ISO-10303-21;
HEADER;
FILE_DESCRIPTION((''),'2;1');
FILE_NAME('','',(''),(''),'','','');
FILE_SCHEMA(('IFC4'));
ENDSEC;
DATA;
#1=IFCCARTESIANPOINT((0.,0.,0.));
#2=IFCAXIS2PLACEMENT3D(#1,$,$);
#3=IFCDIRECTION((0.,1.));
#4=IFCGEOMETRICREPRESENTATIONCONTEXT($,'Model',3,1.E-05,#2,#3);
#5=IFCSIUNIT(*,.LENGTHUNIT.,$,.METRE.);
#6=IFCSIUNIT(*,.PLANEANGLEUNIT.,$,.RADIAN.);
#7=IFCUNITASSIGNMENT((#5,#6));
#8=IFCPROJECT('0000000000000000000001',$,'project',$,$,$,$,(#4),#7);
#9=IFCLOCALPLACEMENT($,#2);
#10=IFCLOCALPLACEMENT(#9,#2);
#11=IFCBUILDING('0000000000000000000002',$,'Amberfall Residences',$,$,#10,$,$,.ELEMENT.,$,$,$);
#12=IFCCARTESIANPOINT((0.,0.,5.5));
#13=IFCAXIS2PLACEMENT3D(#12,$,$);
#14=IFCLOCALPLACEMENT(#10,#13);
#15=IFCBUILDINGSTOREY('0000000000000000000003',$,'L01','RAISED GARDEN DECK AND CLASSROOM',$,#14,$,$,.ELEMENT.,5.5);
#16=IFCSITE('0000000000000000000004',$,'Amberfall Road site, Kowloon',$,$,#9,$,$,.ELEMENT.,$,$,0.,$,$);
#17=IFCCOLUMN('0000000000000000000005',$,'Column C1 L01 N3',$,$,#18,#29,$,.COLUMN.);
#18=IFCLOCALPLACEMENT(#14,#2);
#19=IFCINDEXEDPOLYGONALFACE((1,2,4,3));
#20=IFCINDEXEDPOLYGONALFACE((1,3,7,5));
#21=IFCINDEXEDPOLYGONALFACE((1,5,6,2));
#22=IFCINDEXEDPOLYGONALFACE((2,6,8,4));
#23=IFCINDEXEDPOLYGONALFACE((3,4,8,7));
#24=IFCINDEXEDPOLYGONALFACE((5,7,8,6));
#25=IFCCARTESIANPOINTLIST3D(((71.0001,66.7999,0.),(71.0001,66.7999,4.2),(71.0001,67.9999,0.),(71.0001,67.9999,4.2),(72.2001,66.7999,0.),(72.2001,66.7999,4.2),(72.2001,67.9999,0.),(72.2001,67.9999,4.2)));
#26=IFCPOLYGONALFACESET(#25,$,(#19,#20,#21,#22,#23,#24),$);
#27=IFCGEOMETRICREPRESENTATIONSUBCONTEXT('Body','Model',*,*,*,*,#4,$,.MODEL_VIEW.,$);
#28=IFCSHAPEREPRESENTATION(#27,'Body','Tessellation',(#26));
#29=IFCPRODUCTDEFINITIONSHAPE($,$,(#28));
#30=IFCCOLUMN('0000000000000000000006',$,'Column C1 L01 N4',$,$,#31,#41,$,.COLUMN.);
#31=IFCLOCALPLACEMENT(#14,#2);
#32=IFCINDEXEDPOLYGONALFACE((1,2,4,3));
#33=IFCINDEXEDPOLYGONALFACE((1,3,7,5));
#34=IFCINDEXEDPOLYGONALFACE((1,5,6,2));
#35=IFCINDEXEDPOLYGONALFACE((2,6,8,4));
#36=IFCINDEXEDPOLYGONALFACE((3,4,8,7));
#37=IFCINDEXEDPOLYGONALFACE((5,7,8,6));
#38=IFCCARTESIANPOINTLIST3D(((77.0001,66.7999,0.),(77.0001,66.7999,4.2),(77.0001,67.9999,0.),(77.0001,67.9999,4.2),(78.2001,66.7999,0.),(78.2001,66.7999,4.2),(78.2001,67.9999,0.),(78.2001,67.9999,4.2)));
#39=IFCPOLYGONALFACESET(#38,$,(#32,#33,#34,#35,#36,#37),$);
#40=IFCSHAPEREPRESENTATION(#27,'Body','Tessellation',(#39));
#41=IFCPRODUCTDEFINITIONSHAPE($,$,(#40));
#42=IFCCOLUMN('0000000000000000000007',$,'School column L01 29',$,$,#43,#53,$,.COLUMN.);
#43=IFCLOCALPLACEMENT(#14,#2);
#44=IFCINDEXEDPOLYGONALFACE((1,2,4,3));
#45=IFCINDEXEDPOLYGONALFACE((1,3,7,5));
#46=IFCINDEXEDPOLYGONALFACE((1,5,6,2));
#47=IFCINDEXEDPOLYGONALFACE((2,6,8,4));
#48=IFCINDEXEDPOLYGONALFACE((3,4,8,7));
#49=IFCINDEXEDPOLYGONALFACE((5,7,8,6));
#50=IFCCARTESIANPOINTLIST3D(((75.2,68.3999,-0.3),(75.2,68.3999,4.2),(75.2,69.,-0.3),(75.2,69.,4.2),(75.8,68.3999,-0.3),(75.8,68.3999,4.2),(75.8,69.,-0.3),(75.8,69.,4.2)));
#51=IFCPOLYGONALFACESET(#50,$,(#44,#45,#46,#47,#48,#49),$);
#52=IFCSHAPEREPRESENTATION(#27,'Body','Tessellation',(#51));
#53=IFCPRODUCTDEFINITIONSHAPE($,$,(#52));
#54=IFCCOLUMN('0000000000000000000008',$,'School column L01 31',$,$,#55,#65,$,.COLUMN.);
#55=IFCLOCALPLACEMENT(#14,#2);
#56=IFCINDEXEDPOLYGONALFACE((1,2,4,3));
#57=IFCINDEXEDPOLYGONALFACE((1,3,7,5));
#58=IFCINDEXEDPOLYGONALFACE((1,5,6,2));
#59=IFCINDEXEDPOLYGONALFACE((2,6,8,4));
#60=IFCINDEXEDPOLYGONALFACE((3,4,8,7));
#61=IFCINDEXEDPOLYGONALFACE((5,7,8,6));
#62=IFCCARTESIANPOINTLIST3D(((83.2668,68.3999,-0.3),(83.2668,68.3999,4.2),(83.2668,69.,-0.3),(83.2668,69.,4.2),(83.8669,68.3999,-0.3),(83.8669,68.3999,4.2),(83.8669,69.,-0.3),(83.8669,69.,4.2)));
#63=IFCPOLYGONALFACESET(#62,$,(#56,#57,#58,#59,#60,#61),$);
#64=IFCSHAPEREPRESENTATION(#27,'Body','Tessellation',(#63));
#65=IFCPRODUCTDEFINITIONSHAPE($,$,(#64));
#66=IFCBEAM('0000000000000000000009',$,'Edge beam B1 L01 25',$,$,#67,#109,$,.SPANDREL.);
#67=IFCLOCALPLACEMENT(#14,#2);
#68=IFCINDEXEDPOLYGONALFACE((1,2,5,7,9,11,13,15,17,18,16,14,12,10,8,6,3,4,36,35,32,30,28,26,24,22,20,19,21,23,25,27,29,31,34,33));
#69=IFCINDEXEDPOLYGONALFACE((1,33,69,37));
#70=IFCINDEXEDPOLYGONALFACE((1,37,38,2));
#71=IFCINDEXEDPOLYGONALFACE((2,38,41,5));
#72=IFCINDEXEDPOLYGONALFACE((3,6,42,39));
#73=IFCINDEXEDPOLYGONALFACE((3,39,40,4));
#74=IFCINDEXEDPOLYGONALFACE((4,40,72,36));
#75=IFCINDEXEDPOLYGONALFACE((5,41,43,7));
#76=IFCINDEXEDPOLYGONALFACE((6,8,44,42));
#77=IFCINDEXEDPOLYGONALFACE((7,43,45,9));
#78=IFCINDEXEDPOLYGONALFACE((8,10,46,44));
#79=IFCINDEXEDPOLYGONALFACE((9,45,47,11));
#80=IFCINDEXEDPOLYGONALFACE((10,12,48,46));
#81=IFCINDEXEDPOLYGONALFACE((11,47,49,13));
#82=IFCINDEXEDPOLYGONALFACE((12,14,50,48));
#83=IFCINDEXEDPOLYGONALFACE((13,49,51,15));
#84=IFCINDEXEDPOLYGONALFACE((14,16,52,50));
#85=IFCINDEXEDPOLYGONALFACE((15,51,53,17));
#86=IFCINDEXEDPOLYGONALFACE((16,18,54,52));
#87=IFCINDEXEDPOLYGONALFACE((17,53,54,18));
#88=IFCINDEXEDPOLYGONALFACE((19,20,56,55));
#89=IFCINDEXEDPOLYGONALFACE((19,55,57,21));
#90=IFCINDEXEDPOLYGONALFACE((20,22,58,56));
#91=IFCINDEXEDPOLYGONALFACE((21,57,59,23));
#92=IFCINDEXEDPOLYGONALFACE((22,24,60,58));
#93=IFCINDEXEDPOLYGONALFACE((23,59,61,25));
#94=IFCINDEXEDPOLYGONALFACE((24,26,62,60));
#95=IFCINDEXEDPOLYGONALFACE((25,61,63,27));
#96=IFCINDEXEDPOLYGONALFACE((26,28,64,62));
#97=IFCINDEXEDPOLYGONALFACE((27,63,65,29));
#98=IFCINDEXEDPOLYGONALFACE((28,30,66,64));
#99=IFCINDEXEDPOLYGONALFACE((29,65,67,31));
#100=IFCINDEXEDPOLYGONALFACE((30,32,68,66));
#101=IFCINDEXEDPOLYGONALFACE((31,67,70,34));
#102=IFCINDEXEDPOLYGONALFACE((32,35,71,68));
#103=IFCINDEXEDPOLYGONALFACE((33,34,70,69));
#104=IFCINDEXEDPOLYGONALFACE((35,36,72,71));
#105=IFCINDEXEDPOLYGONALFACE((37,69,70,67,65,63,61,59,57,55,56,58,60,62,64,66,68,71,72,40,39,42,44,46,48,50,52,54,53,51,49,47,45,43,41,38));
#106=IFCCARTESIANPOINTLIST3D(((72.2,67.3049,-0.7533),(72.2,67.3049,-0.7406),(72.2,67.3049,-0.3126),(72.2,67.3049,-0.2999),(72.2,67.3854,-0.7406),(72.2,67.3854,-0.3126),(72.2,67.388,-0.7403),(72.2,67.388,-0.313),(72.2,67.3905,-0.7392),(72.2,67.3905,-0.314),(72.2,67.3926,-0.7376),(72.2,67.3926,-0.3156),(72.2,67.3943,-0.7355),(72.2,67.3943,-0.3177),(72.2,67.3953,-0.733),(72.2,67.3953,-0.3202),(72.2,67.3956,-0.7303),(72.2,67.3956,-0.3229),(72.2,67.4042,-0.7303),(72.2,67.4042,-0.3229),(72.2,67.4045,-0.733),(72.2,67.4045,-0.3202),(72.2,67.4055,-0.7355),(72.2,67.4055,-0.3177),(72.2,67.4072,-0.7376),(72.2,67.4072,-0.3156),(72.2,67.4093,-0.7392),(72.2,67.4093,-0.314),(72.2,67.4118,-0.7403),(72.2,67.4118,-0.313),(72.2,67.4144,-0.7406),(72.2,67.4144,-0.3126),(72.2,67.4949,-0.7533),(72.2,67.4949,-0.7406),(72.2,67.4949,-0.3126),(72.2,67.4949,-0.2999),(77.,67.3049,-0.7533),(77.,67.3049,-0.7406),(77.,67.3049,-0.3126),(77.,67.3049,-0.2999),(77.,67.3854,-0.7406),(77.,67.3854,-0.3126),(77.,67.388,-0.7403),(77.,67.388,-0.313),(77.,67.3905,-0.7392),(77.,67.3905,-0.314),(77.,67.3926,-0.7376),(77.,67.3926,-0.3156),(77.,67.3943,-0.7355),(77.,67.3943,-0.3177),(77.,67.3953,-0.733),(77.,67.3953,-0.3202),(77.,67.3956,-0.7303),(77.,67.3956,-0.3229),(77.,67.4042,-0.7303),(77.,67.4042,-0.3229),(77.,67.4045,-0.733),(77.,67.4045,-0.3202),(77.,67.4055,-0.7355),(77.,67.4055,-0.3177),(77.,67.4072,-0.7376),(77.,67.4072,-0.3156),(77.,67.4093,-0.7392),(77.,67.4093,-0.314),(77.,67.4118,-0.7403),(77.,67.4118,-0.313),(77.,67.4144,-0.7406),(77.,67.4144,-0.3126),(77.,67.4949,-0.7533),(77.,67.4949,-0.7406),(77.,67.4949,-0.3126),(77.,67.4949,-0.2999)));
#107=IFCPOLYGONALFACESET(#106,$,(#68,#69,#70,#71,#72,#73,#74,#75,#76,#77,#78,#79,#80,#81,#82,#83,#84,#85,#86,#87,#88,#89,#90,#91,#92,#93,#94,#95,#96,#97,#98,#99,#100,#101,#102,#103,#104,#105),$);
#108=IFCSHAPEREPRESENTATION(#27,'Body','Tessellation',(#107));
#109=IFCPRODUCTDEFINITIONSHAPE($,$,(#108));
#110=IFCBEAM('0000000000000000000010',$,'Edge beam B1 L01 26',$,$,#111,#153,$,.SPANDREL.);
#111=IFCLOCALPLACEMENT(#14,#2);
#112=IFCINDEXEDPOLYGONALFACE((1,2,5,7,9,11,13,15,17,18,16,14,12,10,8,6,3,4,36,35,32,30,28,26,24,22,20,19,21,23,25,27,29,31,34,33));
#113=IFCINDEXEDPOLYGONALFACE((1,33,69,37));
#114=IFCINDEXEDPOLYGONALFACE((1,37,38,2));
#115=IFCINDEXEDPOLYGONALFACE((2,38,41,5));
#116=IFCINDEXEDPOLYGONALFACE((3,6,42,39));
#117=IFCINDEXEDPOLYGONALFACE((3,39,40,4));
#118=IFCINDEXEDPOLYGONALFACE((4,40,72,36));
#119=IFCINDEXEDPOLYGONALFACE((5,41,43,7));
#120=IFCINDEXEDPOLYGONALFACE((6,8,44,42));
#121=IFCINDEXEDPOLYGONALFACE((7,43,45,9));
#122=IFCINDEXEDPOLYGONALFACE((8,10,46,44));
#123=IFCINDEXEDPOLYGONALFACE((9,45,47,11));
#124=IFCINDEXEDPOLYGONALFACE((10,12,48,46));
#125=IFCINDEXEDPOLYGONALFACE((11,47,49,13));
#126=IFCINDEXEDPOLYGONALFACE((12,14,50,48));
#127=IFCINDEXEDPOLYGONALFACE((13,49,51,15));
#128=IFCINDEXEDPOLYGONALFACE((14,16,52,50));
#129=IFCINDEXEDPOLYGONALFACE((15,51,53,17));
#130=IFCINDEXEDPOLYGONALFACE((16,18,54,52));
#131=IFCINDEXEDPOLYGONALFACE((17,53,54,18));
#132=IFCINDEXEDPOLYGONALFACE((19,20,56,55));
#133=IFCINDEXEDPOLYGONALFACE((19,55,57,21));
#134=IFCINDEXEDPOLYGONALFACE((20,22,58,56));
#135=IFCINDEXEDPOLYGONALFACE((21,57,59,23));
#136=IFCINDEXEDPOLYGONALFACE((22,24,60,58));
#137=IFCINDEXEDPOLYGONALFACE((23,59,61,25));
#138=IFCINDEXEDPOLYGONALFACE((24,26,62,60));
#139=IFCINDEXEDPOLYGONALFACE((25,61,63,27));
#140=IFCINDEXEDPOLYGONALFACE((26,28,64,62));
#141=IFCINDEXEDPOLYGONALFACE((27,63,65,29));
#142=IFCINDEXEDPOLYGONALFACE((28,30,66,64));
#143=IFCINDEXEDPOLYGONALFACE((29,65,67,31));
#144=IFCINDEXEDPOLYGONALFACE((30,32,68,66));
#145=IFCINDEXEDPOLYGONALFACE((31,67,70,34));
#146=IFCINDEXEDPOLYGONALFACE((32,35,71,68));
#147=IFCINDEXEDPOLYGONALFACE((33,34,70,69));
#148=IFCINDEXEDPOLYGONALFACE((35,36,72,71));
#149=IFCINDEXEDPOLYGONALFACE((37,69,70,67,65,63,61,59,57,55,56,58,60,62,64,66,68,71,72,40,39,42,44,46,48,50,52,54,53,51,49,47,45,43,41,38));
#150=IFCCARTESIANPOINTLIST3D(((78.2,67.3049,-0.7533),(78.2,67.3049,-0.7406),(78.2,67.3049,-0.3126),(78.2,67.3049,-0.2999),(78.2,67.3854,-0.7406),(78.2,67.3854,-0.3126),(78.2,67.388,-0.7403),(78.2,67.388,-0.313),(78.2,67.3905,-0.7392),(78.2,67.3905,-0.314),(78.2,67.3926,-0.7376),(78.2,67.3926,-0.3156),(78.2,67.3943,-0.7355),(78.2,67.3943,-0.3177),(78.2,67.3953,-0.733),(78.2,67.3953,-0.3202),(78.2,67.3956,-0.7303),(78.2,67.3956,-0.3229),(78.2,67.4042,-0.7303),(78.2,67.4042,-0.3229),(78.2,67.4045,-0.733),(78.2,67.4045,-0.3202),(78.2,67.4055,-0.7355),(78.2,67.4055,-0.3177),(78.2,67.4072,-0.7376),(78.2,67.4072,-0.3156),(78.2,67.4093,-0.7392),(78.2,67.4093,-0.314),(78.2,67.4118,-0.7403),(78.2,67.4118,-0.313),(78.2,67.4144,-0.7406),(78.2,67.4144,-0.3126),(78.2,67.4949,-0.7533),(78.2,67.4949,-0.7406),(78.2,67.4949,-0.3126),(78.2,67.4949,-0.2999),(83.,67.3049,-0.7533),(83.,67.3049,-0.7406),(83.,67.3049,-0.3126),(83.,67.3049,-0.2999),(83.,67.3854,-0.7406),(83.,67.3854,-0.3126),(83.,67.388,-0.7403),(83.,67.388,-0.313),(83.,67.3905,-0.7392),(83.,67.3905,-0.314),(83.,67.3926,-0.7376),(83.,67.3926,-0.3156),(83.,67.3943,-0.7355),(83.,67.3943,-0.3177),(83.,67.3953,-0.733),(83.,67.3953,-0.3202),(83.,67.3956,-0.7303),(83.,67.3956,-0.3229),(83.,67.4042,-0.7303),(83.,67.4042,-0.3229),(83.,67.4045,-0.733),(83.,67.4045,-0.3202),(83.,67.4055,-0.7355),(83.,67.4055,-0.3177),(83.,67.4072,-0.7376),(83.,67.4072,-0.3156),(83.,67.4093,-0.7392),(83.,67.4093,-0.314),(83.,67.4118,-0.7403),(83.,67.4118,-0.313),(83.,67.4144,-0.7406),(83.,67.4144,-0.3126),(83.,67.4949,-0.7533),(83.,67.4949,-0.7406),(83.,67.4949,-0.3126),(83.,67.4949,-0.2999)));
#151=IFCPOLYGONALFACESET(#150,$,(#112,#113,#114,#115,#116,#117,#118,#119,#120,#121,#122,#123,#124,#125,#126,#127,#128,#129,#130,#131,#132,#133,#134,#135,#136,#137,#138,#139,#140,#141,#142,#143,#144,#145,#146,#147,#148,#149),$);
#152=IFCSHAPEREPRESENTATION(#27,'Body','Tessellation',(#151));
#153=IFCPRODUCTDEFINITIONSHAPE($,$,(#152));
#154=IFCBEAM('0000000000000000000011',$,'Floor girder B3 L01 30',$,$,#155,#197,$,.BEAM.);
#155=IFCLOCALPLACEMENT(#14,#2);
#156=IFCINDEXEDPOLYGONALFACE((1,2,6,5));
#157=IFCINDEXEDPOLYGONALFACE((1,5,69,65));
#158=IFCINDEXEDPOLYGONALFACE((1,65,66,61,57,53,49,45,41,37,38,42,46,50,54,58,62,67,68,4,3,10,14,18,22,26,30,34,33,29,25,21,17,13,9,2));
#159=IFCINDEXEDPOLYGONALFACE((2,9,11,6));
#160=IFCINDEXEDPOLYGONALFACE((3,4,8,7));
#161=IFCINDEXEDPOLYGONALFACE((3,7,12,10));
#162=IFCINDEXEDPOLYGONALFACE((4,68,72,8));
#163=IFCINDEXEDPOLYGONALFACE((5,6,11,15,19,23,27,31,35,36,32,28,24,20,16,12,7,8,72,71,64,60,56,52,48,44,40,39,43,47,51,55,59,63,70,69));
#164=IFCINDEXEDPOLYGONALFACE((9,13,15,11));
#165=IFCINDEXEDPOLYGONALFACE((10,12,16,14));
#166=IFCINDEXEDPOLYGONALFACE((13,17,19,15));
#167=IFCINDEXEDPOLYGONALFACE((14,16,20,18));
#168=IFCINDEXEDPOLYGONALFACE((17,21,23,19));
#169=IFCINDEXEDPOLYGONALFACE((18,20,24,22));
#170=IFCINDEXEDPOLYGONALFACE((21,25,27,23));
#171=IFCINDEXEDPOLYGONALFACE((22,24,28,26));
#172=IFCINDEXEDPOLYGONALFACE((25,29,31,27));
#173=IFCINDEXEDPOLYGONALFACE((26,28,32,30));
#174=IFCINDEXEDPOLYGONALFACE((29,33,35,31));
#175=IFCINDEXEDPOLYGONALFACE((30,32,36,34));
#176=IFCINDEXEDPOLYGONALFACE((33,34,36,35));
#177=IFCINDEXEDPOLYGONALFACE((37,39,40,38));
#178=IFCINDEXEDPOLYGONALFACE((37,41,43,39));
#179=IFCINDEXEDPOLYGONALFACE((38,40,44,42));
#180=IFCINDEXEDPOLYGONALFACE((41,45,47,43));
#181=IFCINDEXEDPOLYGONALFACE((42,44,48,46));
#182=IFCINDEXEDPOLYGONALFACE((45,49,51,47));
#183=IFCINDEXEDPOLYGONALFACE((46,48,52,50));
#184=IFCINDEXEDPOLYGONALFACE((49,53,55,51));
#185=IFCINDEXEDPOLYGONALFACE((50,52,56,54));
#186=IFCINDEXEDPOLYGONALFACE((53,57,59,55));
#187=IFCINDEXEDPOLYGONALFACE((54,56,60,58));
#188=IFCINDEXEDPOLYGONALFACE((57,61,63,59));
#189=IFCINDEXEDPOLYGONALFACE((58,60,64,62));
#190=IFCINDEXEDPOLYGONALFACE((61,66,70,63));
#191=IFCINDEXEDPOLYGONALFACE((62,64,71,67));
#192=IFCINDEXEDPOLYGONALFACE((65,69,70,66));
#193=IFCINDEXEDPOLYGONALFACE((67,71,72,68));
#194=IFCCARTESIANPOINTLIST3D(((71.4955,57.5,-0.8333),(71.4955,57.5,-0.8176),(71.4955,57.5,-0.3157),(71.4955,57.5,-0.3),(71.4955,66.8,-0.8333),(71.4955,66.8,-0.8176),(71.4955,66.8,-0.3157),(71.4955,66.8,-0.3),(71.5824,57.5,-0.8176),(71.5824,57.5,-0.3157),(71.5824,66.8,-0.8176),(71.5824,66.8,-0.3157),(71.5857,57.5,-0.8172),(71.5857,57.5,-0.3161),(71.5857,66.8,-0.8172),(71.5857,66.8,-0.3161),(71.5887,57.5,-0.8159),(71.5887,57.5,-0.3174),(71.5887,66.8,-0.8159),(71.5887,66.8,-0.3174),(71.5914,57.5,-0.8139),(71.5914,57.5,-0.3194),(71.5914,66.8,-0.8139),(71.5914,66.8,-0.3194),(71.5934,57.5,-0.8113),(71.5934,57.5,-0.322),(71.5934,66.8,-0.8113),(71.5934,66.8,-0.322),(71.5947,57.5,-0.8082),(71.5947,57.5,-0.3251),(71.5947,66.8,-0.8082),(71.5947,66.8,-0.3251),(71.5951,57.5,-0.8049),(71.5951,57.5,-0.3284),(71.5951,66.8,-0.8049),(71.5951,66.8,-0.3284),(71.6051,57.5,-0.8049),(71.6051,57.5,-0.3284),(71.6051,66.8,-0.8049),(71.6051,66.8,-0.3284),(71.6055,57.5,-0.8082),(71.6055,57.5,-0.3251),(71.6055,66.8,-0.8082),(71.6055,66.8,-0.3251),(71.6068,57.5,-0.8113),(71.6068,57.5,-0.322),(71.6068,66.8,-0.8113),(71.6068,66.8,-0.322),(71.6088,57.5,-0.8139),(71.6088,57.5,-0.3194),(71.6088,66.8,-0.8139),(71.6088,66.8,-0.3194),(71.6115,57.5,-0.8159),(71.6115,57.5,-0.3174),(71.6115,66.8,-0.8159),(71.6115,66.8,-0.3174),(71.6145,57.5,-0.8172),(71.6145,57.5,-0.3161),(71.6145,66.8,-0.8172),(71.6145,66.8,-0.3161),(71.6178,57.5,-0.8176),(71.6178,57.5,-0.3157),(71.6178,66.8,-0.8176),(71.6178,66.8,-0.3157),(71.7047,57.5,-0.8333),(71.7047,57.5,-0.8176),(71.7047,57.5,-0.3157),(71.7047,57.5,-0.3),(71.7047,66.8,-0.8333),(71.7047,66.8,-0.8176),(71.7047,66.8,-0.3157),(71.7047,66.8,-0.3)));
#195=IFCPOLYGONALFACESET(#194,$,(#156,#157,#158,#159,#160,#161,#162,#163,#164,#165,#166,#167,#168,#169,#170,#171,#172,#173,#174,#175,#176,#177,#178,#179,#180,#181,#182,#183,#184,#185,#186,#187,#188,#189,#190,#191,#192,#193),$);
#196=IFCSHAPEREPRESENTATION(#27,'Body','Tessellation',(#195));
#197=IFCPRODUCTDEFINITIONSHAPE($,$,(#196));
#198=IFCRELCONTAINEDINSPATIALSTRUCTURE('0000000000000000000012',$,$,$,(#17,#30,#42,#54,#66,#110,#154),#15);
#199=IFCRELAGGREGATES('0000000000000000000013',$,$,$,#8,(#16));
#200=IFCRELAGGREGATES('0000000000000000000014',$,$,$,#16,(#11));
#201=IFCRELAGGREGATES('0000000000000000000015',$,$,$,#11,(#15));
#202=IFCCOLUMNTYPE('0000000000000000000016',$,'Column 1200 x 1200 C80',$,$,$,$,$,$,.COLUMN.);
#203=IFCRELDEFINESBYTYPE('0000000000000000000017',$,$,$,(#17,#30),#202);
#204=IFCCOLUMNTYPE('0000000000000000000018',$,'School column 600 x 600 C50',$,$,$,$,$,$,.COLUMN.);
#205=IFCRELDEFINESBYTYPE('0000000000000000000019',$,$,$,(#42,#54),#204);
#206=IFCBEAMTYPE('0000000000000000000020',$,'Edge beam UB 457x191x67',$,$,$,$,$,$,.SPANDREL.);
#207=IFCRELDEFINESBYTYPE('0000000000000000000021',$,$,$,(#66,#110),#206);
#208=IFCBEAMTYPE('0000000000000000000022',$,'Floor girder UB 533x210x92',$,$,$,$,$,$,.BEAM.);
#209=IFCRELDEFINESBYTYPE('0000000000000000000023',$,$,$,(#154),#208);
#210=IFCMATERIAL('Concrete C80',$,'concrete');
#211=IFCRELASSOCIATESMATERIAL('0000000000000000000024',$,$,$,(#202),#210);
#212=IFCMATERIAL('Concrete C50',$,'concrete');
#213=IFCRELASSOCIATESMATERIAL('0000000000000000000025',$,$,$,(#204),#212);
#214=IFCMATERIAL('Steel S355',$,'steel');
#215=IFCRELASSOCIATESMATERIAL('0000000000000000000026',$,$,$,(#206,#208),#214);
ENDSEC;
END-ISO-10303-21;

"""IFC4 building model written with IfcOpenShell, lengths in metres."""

from ifc_helpers import new_model, si_unit, direction, frame, origin, origin_2d, place, context, subcontext, project, spatial, rectangle, i_section, extrude, material, material_profile, profile_set, type_object, element, save


model = new_model("IFC4")

# Units and contexts
model_context = context("Model", 3, precision=1e-05, world=origin(), true_north=direction((0.0, 1.0)))
body_context = subcontext(model_context, "Body", "Model", "MODEL_VIEW")
ifc_project = project(units=[si_unit("LENGTHUNIT", "METRE"), si_unit("PLANEANGLEUNIT", "RADIAN")], contexts=[model_context])

# Site, building, storey
site_placement = place(None, origin())
site = spatial("IfcSite", under=ifc_project, at=site_placement, Name="Amberfall Road site, Kowloon", CompositionType="ELEMENT", RefElevation=0.0)
building_placement = place(site_placement, origin())
building = spatial("IfcBuilding", under=site, at=building_placement, Name="Amberfall Residences", CompositionType="ELEMENT")
storey_placement = place(building_placement, frame((0.0, 0.0, 5.5)))
storey = spatial("IfcBuildingStorey", under=building, at=storey_placement, Name="L01", Description="RAISED GARDEN DECK AND CLASSROOM", CompositionType="ELEMENT", Elevation=5.5)

# Columns
ifc_material_1 = material(Name="Concrete C80", Category="concrete")
ifc_material_profile_1 = material_profile(ifc_material_1, rectangle(XDim=1.2, YDim=1.2, at=origin_2d()), Name="Column 1200 x 1200 C80")
ifc_profile_set_1 = profile_set([ifc_material_profile_1], Name="Concrete C80")
column_type_1 = type_object("IfcColumnType", Name="Column 1200 x 1200 C80", PredefinedType="COLUMN", material=ifc_profile_set_1)
for number, where, z_axis, x_axis, name in (
    (1, (71.6001, 67.3999, 0.0), (0.0, 0.0, 1.0), (1.0, 0.0, 0.0), "Column C1 L01 N3"),
    (2, (77.6001, 67.3999, 0.0), (0.0, 0.0, 1.0), (1.0, 0.0, 0.0), "Column C1 L01 N4"),
):
    element("IfcColumn", number, at=place(storey_placement, frame(where, z_axis=z_axis, x_axis=x_axis)), inside=storey, type_object=column_type_1, Name=name, PredefinedType="COLUMN", context=body_context, shape_type="SweptSolid", body=[
        extrude(rectangle(XDim=1.2, YDim=1.2, at=origin_2d()), origin(), (0.0, 0.0, 1.0), 4.2),
    ])
ifc_material_2 = material(Name="Concrete C50", Category="concrete")
ifc_material_profile_2 = material_profile(ifc_material_2, rectangle(XDim=0.6001, YDim=0.6001, at=origin_2d()), Name="School column 600 x 600 C50")
ifc_profile_set_2 = profile_set([ifc_material_profile_2], Name="Concrete C50")
column_type_2 = type_object("IfcColumnType", Name="School column 600 x 600 C50", PredefinedType="COLUMN", material=ifc_profile_set_2)
for number, where, z_axis, x_axis, name in (
    (3, (75.5, 68.7, -0.3), (0.0, 0.0, 1.0), (1.0, 0.0, 0.0), "School column L01 29"),
    (4, (83.5669, 68.7, -0.3), (0.0, 0.0, 1.0), (1.0, 0.0, 0.0), "School column L01 31"),
):
    element("IfcColumn", number, at=place(storey_placement, frame(where, z_axis=z_axis, x_axis=x_axis)), inside=storey, type_object=column_type_2, Name=name, PredefinedType="COLUMN", context=body_context, shape_type="SweptSolid", body=[
        extrude(rectangle(XDim=0.6001, YDim=0.6001, at=origin_2d()), origin(), (0.0, 0.0, 1.0), 4.5),
    ])

# Beams
ifc_material_3 = material(Name="Steel S355", Category="steel")
ifc_material_profile_3 = material_profile(ifc_material_3, i_section(OverallWidth=0.1899, OverallDepth=0.4534, WebThickness=0.0085, FlangeThickness=0.0127, FilletRadius=0.0103, at=origin_2d()), Name="UB 457x191x67")
ifc_profile_set_3 = profile_set([ifc_material_profile_3], Name="Steel S355")
beam_type_1 = type_object("IfcBeamType", Name="Edge beam UB 457x191x67", PredefinedType="SPANDREL", material=ifc_profile_set_3)
for number, where, z_axis, x_axis, name in (
    (5, (72.2, 67.3999, -0.5266), (1.0, 0.0, 0.0), (0.0, 1.0, 0.0), "Edge beam B1 L01 25"),
    (6, (78.2, 67.3999, -0.5266), (1.0, 0.0, 0.0), (0.0, 1.0, 0.0), "Edge beam B1 L01 26"),
):
    element("IfcBeam", number, at=place(storey_placement, frame(where, z_axis=z_axis, x_axis=x_axis)), inside=storey, type_object=beam_type_1, Name=name, PredefinedType="SPANDREL", context=body_context, shape_type="SweptSolid", body=[
        extrude(i_section(OverallWidth=0.1899, OverallDepth=0.4534, WebThickness=0.0085, FlangeThickness=0.0127, FilletRadius=0.0103, at=origin_2d()), origin(), (0.0, 0.0, 1.0), 4.8),
    ])
ifc_material_profile_4 = material_profile(ifc_material_3, i_section(OverallWidth=0.2092, OverallDepth=0.5332, WebThickness=0.01, FlangeThickness=0.0156, FilletRadius=0.0127, at=origin_2d()), Name="UB 533x210x92")
ifc_profile_set_4 = profile_set([ifc_material_profile_4], Name="Steel S355")
beam_type_2 = type_object("IfcBeamType", Name="Floor girder UB 533x210x92", PredefinedType="BEAM", material=ifc_profile_set_4)
for number, where, z_axis, x_axis, name in (
    (7, (71.6001, 66.8, -0.5667), (0.0, -1.0, 0.0), (1.0, 0.0, 0.0), "Floor girder B3 L01 30"),
):
    element("IfcBeam", number, at=place(storey_placement, frame(where, z_axis=z_axis, x_axis=x_axis)), inside=storey, type_object=beam_type_2, Name=name, PredefinedType="BEAM", context=body_context, shape_type="SweptSolid", body=[
        extrude(i_section(OverallWidth=0.2092, OverallDepth=0.5332, WebThickness=0.01, FlangeThickness=0.0156, FilletRadius=0.0127, at=origin_2d()), origin(), (0.0, 0.0, 1.0), 9.3),
    ])

save(model, "model.ifc")
